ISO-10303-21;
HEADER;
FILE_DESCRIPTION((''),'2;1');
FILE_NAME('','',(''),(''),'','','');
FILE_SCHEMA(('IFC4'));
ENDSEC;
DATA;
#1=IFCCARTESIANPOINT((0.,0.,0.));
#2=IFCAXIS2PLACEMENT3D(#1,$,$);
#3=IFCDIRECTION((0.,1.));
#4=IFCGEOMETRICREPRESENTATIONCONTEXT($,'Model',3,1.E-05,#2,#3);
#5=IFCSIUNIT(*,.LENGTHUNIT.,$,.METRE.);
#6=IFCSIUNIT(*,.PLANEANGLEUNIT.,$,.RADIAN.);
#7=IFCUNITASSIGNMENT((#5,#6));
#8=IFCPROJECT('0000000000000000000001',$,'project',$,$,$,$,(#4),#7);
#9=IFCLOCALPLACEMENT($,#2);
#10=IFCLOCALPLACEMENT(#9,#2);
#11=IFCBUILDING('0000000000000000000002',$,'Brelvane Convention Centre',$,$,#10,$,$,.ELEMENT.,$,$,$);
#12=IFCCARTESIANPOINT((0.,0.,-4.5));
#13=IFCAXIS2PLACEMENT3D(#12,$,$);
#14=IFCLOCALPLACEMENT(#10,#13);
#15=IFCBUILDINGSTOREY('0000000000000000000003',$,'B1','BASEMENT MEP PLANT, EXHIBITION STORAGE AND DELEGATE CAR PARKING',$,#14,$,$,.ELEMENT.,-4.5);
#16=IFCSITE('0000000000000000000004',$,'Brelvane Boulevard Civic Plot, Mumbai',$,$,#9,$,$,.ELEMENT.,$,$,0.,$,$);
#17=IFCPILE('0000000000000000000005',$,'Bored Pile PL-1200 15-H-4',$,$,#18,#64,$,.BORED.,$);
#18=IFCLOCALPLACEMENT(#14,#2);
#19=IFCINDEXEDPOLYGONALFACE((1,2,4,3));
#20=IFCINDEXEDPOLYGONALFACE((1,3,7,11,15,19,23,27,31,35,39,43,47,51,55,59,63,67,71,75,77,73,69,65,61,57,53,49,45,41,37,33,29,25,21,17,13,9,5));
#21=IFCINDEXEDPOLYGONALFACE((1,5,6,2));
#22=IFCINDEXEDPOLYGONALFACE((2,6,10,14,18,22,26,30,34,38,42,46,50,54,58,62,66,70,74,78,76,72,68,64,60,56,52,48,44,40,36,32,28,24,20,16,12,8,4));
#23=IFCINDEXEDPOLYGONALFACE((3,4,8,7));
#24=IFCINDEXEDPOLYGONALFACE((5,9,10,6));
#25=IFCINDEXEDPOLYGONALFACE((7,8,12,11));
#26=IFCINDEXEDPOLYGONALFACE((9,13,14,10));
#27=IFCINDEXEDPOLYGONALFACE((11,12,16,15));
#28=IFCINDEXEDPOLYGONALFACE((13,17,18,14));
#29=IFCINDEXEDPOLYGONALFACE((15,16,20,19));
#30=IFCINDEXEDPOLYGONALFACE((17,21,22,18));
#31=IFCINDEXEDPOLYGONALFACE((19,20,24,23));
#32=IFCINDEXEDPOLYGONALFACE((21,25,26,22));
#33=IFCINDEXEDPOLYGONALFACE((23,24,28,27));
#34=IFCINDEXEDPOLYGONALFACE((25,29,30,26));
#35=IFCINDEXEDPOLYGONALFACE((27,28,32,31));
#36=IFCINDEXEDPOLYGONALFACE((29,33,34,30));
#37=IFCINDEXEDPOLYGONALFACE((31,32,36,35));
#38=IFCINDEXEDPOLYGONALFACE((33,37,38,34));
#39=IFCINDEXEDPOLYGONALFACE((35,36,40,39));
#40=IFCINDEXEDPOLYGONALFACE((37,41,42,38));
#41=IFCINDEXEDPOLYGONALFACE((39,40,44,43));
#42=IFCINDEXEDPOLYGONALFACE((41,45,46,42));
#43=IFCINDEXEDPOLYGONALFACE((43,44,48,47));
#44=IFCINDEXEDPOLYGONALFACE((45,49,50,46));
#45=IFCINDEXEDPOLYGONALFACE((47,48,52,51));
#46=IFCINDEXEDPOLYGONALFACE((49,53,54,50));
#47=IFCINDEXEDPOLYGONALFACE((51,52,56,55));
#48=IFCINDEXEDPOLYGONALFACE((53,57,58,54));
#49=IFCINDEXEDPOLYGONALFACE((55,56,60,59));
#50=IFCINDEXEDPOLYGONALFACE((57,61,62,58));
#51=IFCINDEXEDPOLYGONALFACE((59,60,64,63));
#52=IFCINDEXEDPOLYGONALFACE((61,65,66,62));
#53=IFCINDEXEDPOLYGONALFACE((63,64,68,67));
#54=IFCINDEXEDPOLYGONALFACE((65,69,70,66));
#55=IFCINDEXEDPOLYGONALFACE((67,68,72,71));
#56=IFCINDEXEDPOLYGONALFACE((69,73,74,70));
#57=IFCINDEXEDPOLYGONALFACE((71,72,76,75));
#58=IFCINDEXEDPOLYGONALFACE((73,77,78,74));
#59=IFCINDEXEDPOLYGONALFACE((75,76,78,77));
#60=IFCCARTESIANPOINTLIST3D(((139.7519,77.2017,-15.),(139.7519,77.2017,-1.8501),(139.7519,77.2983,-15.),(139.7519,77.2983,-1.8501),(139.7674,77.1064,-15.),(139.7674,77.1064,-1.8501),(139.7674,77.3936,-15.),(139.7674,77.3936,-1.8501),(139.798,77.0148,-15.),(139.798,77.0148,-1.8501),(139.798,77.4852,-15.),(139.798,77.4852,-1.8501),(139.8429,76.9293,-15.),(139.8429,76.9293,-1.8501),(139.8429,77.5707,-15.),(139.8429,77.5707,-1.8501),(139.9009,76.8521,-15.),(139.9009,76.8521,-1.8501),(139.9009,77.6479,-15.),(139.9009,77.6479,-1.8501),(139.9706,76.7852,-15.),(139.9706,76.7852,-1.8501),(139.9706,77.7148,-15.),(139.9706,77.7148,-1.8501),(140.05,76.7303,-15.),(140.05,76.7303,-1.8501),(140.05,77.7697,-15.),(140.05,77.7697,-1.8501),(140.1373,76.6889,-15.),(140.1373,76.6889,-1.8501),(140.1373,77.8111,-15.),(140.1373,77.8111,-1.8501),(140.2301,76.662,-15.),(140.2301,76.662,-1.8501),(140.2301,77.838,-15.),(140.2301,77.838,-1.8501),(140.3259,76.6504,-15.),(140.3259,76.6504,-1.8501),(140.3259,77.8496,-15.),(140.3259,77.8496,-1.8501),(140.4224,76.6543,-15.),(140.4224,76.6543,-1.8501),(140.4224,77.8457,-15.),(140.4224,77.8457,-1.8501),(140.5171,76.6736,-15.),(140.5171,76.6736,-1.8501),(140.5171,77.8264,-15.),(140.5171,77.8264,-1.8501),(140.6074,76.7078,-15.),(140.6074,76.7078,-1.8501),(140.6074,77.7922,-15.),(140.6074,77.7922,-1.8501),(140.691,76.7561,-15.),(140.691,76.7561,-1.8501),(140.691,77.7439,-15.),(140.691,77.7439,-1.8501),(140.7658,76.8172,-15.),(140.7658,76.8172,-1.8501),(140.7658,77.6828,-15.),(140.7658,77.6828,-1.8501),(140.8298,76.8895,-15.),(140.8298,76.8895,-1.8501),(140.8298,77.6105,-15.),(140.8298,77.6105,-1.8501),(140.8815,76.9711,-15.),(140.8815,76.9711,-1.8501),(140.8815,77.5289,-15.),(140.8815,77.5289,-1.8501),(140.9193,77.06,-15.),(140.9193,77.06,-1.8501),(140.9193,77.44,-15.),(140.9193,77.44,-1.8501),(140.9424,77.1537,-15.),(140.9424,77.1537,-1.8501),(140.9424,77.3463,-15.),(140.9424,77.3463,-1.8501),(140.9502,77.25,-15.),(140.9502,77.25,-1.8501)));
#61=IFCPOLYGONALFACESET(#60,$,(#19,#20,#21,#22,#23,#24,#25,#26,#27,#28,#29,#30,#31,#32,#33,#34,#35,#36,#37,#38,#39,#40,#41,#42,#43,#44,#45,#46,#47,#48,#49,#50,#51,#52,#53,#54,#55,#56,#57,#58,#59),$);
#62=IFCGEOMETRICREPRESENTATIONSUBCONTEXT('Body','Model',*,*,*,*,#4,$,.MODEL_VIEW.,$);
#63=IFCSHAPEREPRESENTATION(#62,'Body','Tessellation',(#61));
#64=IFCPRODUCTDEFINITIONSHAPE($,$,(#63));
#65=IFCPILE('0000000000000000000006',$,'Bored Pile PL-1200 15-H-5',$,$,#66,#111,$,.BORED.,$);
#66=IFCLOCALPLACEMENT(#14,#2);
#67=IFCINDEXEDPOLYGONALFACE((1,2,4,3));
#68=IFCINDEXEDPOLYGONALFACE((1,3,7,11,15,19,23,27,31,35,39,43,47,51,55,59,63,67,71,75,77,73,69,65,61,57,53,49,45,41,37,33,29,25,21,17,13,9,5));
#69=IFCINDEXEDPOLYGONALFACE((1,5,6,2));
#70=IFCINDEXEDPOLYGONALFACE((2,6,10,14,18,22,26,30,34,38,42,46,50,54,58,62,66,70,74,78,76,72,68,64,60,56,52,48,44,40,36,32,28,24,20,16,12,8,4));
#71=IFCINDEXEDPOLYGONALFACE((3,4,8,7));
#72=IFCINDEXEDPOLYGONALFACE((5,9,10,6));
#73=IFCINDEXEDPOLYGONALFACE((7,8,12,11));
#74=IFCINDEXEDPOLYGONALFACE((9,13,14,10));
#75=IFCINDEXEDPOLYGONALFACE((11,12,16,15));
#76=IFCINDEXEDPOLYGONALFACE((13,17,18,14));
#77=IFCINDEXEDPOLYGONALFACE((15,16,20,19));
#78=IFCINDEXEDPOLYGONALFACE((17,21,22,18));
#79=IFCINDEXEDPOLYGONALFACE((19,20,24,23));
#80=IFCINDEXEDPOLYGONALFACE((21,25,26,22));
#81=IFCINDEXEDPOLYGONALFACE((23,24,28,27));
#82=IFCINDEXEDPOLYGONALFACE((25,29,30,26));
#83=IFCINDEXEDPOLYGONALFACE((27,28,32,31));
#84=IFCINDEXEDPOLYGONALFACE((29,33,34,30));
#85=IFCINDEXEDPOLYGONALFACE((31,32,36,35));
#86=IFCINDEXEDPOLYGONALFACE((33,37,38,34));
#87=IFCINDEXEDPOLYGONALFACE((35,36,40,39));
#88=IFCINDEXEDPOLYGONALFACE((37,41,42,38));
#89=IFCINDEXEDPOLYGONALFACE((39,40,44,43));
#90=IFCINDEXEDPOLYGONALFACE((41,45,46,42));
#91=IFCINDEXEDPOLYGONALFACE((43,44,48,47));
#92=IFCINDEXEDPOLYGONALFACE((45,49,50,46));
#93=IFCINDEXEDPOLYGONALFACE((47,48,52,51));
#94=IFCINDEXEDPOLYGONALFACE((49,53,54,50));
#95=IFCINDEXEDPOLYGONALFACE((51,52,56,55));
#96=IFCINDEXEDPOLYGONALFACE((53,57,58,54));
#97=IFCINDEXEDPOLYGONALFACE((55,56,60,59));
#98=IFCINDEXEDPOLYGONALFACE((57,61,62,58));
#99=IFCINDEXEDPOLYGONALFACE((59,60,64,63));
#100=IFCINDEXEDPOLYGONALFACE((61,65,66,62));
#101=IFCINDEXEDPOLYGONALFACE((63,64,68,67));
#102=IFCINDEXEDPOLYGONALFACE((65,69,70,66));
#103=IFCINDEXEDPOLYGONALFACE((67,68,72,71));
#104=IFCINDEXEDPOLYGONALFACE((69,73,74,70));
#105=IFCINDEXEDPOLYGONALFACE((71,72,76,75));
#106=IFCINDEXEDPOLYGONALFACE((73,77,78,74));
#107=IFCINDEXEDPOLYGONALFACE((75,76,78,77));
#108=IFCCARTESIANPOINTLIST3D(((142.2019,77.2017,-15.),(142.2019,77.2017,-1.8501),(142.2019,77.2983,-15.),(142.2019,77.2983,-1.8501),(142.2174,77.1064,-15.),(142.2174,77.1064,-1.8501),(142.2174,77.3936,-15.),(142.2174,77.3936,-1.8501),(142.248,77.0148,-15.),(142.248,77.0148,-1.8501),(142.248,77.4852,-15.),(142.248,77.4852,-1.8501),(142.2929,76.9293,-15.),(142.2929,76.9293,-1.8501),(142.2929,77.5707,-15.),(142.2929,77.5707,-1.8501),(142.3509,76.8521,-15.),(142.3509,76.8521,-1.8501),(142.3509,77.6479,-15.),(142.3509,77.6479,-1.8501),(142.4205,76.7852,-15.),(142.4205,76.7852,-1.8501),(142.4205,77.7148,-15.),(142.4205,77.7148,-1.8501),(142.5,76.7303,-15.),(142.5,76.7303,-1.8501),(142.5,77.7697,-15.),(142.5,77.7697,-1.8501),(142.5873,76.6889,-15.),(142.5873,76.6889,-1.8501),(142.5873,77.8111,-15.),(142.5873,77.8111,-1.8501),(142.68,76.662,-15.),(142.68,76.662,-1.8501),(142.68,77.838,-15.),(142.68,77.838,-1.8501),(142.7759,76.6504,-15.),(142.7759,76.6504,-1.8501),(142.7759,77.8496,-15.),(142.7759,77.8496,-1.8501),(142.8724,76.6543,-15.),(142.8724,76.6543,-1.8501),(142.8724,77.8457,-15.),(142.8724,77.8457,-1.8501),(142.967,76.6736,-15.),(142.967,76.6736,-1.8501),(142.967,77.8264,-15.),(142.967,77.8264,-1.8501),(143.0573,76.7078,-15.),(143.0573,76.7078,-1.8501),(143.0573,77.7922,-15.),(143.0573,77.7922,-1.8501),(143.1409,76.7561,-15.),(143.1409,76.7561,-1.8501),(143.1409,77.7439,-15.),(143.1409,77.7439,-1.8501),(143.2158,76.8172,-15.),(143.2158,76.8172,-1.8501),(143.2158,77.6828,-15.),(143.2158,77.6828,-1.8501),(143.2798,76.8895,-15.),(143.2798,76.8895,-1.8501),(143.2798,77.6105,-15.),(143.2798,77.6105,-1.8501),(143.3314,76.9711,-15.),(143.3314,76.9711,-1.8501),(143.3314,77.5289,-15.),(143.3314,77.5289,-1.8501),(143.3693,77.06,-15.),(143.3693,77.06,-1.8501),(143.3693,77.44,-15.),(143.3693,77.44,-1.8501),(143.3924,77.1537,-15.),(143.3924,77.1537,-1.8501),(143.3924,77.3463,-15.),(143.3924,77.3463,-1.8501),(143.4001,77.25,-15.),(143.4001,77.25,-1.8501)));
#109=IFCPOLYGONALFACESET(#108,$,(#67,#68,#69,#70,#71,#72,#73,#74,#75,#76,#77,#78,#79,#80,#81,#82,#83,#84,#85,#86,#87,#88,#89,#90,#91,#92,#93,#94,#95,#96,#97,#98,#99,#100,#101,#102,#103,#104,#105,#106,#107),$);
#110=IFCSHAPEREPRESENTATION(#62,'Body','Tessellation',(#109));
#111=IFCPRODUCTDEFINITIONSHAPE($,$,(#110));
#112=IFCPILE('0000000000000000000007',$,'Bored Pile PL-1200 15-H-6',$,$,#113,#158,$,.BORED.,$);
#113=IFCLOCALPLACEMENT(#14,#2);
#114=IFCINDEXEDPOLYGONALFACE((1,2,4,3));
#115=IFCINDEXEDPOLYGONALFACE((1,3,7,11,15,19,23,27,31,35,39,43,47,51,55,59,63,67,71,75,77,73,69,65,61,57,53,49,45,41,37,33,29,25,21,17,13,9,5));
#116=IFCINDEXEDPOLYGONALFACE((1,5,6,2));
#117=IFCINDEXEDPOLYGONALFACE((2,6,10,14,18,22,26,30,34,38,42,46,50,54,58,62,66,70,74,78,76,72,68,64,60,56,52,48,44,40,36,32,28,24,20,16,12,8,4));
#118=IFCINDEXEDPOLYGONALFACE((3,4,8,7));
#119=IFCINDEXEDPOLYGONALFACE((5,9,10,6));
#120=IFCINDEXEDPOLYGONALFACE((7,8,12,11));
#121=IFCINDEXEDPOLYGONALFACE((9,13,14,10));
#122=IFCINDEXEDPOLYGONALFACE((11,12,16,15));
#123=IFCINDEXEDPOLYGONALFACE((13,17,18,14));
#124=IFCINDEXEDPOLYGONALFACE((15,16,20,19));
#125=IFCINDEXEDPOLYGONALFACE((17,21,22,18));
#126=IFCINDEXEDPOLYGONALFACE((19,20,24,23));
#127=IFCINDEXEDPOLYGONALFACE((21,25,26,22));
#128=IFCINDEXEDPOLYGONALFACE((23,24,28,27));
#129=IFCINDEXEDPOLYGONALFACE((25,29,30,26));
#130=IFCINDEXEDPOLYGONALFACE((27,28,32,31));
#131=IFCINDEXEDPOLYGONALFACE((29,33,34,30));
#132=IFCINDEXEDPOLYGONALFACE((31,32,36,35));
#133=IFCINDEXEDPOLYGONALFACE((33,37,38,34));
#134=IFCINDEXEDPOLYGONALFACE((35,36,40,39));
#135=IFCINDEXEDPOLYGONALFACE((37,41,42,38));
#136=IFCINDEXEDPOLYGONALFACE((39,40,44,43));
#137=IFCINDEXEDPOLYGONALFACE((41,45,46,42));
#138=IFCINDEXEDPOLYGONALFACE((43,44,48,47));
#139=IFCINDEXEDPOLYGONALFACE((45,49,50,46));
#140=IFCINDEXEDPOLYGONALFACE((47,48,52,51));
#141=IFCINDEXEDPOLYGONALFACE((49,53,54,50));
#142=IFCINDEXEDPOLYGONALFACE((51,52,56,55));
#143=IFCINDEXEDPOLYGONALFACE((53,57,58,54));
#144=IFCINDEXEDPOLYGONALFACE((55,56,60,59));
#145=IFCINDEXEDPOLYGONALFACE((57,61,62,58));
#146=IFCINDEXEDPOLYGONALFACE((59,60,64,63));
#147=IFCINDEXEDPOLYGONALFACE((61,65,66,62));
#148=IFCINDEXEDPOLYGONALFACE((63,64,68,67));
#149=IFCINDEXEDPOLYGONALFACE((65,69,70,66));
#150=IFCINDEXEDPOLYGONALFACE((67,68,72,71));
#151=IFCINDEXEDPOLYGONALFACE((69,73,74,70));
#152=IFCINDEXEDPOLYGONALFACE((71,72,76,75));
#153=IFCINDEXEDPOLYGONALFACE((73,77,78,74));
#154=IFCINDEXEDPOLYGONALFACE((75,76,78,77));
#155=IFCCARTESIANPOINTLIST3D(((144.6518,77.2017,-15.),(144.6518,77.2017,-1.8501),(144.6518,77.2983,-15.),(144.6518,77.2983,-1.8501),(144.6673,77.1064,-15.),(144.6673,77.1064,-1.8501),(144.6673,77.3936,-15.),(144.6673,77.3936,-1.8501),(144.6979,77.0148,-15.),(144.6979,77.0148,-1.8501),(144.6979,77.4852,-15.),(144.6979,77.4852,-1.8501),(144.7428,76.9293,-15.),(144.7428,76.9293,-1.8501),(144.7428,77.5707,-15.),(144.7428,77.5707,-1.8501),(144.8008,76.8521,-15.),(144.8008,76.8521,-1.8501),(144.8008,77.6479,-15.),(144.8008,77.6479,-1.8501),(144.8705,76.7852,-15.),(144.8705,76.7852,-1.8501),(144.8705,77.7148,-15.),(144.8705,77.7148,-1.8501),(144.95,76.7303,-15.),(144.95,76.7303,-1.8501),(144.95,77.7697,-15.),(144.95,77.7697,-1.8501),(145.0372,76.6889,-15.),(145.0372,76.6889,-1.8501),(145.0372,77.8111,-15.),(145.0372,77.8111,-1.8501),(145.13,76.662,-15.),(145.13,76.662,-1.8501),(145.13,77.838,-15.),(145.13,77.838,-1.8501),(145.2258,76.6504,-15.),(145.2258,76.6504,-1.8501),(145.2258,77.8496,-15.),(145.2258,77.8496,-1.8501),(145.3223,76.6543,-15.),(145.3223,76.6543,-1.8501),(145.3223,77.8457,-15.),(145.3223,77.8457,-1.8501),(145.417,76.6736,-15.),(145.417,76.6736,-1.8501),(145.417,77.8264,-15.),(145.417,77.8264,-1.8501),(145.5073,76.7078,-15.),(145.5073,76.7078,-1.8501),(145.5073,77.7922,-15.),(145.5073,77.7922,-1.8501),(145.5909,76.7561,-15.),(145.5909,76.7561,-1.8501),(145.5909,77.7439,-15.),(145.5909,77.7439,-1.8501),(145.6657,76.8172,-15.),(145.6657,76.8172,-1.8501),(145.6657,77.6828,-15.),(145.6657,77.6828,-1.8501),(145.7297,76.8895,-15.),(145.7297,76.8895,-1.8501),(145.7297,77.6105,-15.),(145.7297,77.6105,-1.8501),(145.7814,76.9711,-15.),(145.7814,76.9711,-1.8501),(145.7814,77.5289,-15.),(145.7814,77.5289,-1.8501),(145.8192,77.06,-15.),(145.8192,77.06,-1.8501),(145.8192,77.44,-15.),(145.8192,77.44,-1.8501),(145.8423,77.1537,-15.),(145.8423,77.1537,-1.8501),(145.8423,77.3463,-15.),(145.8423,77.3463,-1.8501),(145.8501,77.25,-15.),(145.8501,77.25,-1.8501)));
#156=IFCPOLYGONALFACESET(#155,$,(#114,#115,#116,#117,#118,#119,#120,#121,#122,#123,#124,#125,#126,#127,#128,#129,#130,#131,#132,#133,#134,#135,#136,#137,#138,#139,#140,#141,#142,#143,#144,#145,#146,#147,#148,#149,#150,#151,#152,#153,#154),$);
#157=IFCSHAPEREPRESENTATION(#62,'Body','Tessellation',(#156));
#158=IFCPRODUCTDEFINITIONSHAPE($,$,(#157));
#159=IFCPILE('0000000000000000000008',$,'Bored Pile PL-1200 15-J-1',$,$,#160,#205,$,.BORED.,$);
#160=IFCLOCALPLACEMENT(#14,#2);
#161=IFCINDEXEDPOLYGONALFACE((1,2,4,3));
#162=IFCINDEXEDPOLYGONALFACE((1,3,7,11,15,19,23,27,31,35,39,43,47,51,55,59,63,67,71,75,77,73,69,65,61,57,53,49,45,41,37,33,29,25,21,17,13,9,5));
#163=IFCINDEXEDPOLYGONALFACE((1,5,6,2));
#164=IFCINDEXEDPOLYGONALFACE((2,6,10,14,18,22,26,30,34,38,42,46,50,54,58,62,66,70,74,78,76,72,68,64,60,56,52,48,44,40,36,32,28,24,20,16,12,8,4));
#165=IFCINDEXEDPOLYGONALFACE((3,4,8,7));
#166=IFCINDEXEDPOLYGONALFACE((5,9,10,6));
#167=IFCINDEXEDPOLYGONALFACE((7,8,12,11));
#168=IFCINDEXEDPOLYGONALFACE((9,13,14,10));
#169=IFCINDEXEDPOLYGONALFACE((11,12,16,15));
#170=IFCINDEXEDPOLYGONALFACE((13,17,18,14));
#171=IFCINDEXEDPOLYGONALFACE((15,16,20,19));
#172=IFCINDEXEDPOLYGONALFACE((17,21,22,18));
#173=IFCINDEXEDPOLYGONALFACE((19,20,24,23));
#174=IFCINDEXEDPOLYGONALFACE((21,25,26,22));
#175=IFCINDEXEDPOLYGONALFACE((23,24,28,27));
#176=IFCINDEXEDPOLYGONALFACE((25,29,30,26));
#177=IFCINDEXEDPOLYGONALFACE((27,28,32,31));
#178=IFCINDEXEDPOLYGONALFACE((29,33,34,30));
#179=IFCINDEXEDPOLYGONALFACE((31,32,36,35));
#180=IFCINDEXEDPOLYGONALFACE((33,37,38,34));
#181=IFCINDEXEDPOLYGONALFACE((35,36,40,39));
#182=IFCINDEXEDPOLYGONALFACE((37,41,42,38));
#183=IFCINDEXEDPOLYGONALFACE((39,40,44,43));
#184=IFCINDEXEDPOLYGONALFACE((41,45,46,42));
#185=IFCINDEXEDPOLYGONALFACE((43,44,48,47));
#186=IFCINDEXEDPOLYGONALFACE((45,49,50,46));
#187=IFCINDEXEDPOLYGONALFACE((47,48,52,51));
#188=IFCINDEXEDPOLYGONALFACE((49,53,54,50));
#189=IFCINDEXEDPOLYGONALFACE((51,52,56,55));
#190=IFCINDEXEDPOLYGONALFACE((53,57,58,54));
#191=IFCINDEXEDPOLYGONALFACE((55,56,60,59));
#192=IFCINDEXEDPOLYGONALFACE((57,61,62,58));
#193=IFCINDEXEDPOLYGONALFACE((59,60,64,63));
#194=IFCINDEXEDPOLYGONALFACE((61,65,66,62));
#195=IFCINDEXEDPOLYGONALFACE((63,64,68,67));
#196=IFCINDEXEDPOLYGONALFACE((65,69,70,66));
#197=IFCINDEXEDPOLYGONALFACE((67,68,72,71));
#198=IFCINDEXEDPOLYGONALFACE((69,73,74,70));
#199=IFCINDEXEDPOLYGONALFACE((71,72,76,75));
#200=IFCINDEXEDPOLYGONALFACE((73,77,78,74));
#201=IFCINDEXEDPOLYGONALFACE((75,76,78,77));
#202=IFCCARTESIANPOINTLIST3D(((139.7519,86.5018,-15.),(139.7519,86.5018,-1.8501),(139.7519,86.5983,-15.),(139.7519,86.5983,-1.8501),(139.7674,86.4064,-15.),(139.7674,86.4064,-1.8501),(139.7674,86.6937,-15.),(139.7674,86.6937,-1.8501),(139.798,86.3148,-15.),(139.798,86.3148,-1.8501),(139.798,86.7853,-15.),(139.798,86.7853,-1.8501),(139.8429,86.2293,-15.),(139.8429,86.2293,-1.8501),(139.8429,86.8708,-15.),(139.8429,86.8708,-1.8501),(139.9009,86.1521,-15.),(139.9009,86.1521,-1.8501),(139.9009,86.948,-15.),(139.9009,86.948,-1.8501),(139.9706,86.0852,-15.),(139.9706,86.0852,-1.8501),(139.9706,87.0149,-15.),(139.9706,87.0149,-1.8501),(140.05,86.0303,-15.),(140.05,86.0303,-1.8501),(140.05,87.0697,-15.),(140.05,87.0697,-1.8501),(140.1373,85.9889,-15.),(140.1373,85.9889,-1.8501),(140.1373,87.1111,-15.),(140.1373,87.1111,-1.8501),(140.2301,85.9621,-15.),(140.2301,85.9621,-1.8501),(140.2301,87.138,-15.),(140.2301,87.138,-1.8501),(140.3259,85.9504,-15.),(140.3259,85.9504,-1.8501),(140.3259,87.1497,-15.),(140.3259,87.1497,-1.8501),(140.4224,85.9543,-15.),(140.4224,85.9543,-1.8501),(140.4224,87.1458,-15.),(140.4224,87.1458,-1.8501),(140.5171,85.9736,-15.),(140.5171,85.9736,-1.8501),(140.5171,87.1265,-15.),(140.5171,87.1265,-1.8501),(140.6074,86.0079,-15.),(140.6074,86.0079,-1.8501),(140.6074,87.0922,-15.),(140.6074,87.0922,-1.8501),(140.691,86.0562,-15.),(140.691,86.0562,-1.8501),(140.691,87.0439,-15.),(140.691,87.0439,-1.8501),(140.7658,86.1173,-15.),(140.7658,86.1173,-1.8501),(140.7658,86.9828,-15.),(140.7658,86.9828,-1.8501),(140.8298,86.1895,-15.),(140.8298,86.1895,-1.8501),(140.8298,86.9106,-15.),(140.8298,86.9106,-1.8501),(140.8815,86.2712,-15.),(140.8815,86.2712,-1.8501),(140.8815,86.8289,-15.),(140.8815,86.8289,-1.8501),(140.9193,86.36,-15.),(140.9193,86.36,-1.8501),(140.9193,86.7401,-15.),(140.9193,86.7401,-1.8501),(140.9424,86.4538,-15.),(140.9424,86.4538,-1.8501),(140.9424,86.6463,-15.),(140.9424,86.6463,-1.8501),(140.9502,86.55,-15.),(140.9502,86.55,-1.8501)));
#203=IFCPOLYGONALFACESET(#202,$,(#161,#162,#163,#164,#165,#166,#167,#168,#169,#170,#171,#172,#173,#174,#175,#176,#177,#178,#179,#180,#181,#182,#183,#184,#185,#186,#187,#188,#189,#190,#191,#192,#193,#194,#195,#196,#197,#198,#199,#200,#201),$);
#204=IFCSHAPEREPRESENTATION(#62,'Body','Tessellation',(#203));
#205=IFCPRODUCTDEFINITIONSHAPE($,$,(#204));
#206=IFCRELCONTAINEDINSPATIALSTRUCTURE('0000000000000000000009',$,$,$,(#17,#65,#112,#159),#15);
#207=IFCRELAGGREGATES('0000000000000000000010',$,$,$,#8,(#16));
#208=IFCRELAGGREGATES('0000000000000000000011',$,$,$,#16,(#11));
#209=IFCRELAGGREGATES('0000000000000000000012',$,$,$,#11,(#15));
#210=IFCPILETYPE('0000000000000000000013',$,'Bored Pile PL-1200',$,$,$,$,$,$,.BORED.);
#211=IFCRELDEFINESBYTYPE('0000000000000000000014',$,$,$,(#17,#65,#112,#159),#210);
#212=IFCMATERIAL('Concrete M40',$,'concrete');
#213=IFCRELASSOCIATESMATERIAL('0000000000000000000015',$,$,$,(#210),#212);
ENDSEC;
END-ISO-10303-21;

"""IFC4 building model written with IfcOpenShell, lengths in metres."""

from ifc_helpers import new_model, si_unit, direction, frame, origin, origin_2d, place, context, subcontext, project, spatial, circle, extrude, material, material_profile, profile_set, type_object, element, save


model = new_model("IFC4")

# Units and contexts
model_context = context("Model", 3, precision=1e-05, world=origin(), true_north=direction((0.0, 1.0)))
body_context = subcontext(model_context, "Body", "Model", "MODEL_VIEW")
ifc_project = project(units=[si_unit("LENGTHUNIT", "METRE"), si_unit("PLANEANGLEUNIT", "RADIAN")], contexts=[model_context])

# Site, building, storey
site_placement = place(None, origin())
site = spatial("IfcSite", under=ifc_project, at=site_placement, Name="Brelvane Boulevard Civic Plot, Mumbai", CompositionType="ELEMENT", RefElevation=0.0)
building_placement = place(site_placement, origin())
building = spatial("IfcBuilding", under=site, at=building_placement, Name="Brelvane Convention Centre", CompositionType="ELEMENT")
storey_placement = place(building_placement, frame((0.0, 0.0, -4.5)))
storey = spatial("IfcBuildingStorey", under=building, at=storey_placement, Name="B1", Description="BASEMENT MEP PLANT, EXHIBITION STORAGE AND DELEGATE CAR PARKING", CompositionType="ELEMENT", Elevation=-4.5)

# Piles
ifc_material_1 = material(Name="Concrete M40", Category="concrete")
ifc_material_profile_1 = material_profile(ifc_material_1, circle(Radius=0.6001, at=origin_2d()), Name="PILE D1200")
ifc_profile_set_1 = profile_set([ifc_material_profile_1], Name="Concrete M40")
pile_type_1 = type_object("IfcPileType", Name="Bored Pile PL-1200", PredefinedType="BORED", material=ifc_profile_set_1)
for number, where, z_axis, x_axis, name in (
    (1, (140.3501, 77.25, -1.8501), (0.0, 0.0, -1.0), (1.0, 0.0, 0.0), "Bored Pile PL-1200 15-H-4"),
    (2, (142.8, 77.25, -1.8501), (0.0, 0.0, -1.0), (1.0, 0.0, 0.0), "Bored Pile PL-1200 15-H-5"),
    (3, (145.25, 77.25, -1.8501), (0.0, 0.0, -1.0), (1.0, 0.0, 0.0), "Bored Pile PL-1200 15-H-6"),
    (4, (140.3501, 86.55, -1.8501), (0.0, 0.0, -1.0), (1.0, 0.0, 0.0), "Bored Pile PL-1200 15-J-1"),
):
    element("IfcPile", number, at=place(storey_placement, frame(where, z_axis=z_axis, x_axis=x_axis)), inside=storey, type_object=pile_type_1, Name=name, PredefinedType="BORED", context=body_context, shape_type="SweptSolid", body=[
        extrude(circle(Radius=0.6001, at=origin_2d()), origin(), (0.0, 0.0, 1.0), 13.1499),
    ])

save(model, "model.ifc")
